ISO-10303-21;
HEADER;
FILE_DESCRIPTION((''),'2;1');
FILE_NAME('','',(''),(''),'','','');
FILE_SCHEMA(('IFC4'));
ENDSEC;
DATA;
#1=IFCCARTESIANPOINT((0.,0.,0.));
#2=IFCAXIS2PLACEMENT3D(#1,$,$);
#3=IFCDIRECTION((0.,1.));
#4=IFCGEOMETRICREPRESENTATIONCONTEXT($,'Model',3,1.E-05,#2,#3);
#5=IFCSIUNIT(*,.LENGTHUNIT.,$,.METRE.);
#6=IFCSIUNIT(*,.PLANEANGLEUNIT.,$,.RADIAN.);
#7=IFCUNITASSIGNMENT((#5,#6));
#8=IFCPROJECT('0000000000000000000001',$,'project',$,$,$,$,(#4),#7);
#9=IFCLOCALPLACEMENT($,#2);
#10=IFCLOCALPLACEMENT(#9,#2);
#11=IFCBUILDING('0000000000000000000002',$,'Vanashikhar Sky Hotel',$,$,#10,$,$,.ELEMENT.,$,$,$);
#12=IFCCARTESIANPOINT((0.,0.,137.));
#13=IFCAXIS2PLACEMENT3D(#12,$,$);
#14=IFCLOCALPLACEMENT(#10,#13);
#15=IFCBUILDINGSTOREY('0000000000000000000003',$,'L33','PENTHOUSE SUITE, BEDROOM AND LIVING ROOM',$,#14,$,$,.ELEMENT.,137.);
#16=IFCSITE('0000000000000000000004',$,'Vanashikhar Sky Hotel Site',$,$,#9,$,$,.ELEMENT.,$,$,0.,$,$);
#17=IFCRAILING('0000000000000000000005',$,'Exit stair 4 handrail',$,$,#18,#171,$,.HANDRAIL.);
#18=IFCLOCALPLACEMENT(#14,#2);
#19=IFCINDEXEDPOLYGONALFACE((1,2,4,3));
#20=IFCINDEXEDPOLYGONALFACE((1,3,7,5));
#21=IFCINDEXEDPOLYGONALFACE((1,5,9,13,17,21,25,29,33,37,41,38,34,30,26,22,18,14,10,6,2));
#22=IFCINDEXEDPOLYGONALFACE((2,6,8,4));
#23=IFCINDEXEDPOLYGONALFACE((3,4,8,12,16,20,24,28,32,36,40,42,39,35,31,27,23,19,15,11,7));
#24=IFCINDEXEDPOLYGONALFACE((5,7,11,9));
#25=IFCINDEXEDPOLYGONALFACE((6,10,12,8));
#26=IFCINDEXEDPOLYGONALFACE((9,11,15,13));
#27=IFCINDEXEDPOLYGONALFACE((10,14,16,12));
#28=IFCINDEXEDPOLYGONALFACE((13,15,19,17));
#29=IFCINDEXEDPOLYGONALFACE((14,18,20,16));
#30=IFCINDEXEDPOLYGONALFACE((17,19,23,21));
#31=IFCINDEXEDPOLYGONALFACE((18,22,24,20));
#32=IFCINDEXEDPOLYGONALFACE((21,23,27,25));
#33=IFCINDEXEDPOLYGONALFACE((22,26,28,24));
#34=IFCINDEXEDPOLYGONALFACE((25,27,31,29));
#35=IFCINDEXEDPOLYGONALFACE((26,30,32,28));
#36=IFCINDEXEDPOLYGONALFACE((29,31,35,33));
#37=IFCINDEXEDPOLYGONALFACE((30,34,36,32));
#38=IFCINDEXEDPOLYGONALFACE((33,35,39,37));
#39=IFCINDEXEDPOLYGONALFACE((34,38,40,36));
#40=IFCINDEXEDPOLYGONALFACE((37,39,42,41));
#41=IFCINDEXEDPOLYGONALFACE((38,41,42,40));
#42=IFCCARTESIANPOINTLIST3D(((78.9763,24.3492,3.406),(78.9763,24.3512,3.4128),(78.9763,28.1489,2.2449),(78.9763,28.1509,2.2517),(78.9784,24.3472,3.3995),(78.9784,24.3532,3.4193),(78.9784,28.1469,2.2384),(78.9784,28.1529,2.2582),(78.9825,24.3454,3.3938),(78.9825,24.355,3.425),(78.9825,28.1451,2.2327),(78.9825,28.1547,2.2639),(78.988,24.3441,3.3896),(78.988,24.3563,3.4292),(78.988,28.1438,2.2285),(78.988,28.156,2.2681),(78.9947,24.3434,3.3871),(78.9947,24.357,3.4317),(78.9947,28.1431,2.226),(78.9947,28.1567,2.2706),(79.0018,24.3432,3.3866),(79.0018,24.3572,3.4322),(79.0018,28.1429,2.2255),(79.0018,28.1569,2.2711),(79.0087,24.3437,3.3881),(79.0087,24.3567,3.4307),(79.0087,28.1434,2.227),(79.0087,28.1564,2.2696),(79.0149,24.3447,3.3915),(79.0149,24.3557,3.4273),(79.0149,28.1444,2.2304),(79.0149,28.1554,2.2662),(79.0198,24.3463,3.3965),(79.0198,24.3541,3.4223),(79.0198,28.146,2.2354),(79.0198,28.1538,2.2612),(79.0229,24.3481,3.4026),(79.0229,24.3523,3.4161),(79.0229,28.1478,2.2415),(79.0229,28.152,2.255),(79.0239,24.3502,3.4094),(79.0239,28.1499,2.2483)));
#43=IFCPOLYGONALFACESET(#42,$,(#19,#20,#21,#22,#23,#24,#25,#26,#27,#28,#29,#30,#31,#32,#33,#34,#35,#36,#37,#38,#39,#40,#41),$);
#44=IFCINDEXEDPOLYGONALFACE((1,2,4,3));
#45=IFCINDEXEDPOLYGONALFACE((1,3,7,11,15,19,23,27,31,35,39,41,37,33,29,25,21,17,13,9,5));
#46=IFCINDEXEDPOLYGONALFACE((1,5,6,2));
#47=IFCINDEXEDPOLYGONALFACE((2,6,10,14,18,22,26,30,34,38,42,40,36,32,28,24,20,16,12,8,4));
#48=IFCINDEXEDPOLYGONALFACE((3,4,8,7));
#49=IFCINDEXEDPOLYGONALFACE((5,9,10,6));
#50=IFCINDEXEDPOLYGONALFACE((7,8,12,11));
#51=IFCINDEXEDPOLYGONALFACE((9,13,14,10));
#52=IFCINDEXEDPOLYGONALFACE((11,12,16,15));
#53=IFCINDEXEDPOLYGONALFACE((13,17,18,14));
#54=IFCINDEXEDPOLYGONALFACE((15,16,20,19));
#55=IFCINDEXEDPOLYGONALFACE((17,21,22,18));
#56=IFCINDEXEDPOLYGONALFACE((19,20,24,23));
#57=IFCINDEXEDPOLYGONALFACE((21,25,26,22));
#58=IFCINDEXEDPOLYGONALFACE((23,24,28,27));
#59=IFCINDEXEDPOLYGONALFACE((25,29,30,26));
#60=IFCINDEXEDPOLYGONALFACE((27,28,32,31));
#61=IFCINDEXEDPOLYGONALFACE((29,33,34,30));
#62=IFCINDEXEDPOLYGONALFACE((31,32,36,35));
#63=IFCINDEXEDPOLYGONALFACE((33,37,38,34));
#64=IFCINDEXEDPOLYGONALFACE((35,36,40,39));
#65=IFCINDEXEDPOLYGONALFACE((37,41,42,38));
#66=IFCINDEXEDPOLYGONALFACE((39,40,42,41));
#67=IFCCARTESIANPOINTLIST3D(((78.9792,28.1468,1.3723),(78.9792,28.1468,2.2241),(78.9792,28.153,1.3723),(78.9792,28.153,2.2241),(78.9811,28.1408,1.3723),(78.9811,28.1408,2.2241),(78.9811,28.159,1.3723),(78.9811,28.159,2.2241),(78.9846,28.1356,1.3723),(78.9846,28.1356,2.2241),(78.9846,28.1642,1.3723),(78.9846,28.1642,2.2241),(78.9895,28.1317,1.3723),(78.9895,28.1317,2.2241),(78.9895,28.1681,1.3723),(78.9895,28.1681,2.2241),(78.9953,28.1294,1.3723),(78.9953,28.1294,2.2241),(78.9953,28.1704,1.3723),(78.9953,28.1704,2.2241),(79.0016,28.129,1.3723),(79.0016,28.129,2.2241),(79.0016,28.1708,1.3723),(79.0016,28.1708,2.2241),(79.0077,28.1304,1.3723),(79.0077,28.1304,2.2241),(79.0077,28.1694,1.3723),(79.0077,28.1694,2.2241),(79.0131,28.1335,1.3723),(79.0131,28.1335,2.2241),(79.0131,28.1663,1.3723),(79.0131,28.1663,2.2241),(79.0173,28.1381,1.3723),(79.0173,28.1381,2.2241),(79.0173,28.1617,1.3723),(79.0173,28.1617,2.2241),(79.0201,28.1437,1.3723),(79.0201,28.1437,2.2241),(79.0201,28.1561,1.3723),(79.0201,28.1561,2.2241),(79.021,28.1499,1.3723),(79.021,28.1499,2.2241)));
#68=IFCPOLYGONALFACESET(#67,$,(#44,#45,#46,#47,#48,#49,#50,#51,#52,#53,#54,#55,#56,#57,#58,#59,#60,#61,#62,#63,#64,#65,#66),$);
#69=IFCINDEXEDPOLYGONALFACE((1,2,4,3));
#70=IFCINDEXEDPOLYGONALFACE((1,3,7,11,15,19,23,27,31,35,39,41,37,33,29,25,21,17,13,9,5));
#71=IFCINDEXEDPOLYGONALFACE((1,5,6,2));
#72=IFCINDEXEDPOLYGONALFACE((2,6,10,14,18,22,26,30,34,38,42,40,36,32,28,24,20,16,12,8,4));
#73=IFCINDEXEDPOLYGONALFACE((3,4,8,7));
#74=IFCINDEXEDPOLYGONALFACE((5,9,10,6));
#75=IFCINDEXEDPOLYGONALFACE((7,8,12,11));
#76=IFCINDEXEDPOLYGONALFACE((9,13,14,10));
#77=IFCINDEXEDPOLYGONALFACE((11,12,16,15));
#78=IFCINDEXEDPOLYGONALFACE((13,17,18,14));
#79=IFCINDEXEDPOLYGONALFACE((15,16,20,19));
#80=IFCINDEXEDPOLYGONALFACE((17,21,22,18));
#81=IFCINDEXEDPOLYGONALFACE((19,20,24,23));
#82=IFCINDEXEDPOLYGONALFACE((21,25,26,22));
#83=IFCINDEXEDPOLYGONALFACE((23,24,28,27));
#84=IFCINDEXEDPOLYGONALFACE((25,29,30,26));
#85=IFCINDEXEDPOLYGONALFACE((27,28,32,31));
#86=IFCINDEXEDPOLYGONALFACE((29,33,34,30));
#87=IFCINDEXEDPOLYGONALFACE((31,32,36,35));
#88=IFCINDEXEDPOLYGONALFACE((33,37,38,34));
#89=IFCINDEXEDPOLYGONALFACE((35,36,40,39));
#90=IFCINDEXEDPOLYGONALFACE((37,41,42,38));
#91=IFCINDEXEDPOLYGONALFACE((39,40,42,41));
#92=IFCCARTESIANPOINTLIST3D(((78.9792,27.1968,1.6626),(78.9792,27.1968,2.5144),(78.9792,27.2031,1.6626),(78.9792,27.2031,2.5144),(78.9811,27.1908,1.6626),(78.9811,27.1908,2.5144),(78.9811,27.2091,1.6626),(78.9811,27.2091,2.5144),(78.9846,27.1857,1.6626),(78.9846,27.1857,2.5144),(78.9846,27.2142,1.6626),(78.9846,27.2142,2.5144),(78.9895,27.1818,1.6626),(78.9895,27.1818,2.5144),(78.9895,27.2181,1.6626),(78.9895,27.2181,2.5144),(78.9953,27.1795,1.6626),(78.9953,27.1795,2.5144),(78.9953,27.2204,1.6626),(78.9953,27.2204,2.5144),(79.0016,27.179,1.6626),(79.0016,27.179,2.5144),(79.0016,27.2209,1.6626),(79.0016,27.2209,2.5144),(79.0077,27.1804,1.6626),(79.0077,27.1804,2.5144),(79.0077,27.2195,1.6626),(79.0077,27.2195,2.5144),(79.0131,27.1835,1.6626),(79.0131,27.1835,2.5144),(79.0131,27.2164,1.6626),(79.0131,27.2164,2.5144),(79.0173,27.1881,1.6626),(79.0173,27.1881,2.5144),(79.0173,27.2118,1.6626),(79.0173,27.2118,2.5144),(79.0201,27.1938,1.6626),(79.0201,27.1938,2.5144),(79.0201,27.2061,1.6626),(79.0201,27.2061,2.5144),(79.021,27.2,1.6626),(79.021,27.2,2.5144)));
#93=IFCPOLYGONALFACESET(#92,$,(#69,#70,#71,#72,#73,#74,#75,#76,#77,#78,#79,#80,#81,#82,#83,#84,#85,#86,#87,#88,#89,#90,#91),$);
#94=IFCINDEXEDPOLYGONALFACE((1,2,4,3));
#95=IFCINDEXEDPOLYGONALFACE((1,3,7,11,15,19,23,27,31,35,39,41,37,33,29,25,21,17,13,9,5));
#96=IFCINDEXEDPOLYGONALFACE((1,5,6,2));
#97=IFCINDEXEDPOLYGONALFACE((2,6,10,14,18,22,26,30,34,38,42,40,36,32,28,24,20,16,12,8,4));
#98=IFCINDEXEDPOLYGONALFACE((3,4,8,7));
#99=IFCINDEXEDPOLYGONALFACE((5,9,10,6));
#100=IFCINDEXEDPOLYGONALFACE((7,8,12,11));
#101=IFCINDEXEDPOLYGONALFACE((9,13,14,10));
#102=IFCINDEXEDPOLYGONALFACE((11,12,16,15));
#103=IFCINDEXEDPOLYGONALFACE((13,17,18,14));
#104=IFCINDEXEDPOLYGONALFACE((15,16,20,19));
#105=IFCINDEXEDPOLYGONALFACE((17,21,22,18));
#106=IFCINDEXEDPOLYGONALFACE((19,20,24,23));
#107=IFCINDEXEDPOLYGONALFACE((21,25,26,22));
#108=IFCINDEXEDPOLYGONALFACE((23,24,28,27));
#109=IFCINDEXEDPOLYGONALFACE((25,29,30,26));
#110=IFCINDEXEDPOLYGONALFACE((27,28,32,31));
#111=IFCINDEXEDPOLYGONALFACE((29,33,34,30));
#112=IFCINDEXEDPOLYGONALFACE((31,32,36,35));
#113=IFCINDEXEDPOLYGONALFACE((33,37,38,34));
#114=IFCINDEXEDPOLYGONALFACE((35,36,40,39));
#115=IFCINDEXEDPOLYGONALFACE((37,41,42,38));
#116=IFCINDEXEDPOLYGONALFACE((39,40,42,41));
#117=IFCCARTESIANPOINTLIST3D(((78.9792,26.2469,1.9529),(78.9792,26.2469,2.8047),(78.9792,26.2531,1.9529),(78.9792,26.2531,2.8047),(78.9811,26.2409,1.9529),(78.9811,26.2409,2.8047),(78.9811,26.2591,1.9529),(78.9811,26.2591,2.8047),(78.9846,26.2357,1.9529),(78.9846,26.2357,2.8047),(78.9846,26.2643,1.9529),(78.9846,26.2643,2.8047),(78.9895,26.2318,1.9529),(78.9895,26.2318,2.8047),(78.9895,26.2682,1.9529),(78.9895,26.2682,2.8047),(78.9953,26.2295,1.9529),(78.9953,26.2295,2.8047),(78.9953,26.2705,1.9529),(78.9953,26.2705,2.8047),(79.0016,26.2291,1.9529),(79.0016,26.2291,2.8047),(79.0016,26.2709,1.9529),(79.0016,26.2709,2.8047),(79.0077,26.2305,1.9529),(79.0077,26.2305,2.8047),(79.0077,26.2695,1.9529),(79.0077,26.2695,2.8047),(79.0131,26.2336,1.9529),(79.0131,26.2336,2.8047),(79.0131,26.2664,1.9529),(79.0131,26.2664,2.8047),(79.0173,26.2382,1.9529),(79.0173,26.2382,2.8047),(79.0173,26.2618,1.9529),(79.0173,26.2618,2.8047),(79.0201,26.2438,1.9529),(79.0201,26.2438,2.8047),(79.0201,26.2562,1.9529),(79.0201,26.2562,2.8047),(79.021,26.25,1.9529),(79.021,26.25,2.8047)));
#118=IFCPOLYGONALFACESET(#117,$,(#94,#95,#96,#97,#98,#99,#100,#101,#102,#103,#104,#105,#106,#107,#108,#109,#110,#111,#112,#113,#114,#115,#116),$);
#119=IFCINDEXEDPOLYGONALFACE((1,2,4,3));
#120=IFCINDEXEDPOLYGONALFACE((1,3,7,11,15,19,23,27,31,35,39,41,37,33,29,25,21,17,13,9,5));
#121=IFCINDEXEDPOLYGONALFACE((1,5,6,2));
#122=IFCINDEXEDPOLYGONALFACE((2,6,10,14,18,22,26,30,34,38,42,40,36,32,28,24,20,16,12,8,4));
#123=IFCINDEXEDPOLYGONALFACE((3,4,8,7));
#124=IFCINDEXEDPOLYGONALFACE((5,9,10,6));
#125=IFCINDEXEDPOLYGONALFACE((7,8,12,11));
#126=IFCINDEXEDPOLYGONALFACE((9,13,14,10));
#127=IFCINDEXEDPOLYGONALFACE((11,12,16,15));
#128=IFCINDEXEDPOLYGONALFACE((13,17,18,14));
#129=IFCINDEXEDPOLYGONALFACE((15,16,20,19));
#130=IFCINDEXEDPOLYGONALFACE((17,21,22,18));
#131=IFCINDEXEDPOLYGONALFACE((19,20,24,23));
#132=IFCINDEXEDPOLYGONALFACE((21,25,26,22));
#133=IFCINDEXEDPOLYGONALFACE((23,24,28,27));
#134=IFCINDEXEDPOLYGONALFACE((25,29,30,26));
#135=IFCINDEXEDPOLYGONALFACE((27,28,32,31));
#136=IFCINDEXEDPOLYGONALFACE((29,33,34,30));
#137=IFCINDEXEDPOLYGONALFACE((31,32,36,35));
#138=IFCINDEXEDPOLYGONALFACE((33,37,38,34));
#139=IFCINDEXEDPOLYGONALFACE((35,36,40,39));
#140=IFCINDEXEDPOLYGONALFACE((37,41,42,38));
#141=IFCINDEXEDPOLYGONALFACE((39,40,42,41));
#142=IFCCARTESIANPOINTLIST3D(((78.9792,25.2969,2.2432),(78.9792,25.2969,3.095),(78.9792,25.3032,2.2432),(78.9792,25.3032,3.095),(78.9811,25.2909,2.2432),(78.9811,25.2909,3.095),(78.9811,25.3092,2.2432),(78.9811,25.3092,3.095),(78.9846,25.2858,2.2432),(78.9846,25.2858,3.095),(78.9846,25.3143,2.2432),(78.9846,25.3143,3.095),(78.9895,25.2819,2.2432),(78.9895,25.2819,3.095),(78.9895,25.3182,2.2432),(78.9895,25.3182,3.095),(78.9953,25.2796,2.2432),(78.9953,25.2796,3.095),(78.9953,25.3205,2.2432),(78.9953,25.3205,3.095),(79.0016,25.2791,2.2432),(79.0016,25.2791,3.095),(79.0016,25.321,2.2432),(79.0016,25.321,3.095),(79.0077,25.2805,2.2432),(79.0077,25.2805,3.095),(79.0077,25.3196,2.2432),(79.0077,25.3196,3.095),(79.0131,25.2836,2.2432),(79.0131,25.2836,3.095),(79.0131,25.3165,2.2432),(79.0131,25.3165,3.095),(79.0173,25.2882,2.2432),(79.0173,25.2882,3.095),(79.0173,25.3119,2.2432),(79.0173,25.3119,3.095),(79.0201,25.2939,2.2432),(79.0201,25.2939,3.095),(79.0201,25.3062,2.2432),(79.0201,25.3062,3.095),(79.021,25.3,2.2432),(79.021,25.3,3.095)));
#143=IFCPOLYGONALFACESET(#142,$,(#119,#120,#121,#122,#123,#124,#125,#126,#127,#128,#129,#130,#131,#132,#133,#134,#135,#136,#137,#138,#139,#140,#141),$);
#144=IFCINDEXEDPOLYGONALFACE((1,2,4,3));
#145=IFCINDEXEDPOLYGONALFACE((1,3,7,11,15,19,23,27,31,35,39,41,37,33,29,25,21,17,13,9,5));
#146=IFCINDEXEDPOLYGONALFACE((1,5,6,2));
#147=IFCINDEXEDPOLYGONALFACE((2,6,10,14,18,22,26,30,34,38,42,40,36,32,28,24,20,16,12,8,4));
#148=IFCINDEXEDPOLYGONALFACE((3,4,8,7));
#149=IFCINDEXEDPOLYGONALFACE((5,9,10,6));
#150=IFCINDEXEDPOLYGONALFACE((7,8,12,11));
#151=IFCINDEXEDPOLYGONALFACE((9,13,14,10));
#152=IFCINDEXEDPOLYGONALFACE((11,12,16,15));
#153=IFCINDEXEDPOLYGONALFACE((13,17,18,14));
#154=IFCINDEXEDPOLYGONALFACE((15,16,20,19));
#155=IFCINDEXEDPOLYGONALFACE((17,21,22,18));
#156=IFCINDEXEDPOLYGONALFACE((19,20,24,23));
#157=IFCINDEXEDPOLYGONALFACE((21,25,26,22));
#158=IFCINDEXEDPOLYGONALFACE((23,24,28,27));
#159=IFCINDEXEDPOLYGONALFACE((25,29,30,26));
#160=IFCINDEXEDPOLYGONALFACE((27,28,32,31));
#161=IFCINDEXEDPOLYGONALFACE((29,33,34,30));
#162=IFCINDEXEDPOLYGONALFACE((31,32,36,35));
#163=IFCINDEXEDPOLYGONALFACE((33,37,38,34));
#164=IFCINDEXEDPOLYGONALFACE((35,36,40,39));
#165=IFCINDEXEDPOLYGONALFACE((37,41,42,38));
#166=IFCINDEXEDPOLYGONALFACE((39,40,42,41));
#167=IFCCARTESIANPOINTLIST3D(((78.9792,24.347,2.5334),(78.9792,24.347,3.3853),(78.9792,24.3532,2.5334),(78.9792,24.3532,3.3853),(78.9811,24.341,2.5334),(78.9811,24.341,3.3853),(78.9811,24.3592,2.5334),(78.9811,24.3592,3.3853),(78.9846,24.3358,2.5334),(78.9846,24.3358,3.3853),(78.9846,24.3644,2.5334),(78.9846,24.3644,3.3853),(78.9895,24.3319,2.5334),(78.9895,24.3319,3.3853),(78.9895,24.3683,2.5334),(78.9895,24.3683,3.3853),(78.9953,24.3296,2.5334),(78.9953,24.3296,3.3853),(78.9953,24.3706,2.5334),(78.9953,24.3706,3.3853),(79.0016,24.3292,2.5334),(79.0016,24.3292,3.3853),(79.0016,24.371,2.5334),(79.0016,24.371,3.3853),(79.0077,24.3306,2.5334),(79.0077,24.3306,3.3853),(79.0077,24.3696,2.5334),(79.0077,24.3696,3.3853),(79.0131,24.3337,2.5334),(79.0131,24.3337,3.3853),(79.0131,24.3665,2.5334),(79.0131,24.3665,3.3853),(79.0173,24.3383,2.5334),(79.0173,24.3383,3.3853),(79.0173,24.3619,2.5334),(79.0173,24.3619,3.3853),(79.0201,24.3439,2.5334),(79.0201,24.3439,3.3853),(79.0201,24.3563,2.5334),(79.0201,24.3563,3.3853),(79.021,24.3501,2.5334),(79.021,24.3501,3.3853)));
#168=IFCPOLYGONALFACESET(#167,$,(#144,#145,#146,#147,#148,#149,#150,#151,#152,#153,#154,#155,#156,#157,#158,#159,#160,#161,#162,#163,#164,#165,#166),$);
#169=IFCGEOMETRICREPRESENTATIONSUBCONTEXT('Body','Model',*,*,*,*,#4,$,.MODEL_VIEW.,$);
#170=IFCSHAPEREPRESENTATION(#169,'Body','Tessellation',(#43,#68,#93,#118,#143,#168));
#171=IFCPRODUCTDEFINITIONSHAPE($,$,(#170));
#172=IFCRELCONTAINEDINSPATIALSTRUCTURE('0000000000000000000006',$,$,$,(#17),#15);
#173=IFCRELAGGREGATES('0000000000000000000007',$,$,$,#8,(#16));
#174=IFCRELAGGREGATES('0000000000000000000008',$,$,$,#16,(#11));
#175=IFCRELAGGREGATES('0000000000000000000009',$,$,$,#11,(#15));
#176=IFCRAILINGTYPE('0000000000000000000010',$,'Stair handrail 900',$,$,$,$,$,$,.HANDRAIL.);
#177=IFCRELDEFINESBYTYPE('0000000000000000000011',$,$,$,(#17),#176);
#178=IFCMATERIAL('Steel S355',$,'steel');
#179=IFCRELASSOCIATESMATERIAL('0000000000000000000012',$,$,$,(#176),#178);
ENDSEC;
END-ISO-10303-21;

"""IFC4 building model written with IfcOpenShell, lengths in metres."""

from ifc_helpers import new_model, si_unit, direction, frame, origin, origin_2d, place, context, subcontext, project, spatial, circle, extrude, source, transform, mapped, material, type_object, element, save


model = new_model("IFC4")

# Units and contexts
model_context = context("Model", 3, precision=1e-05, world=origin(), true_north=direction((0.0, 1.0)))
body_context = subcontext(model_context, "Body", "Model", "MODEL_VIEW")
ifc_project = project(units=[si_unit("LENGTHUNIT", "METRE"), si_unit("PLANEANGLEUNIT", "RADIAN")], contexts=[model_context])

# Site, building, storey
site_placement = place(None, origin())
site = spatial("IfcSite", under=ifc_project, at=site_placement, Name="Vanashikhar Sky Hotel Site", CompositionType="ELEMENT", RefElevation=0.0)
building_placement = place(site_placement, origin())
building = spatial("IfcBuilding", under=site, at=building_placement, Name="Vanashikhar Sky Hotel", CompositionType="ELEMENT")
storey_placement = place(building_placement, frame((0.0, 0.0, 137.0)))
storey = spatial("IfcBuildingStorey", under=building, at=storey_placement, Name="L33", Description="PENTHOUSE SUITE, BEDROOM AND LIVING ROOM", CompositionType="ELEMENT", Elevation=137.0)

# Railing
ifc_material_1 = material(Name="Steel S355", Category="steel")
railing_type_1 = type_object("IfcRailingType", Name="Stair handrail 900", PredefinedType="HANDRAIL", material=ifc_material_1)
shared_shape_1 = source(origin(), body_context, "Body", "SweptSolid", [
    extrude(circle(Radius=0.0239, at=origin_2d()), frame((0.0, 0.0, 0.876), z_axis=(0.0, -0.956346, 0.292237), x_axis=(1.0, 0.0, 0.0)), (0.0, 0.0, 1.0), 3.9731),
    extrude(circle(Radius=0.021, at=origin_2d()), origin(), (0.0, 0.0, 1.0), 0.8518),
    extrude(circle(Radius=0.021, at=origin_2d()), frame((0.0, -0.95, 0.2903)), (0.0, 0.0, 1.0), 0.8518),
    extrude(circle(Radius=0.021, at=origin_2d()), frame((0.0, -1.8999, 0.5806)), (0.0, 0.0, 1.0), 0.8518),
    extrude(circle(Radius=0.021, at=origin_2d()), frame((0.0, -2.8499, 0.8708)), (0.0, 0.0, 1.0), 0.8518),
    extrude(circle(Radius=0.021, at=origin_2d()), frame((0.0, -3.7998, 1.1611)), (0.0, 0.0, 1.0), 0.8518),
])
railing_1_placement = place(storey_placement, frame((79.0, 28.1499, 1.3723)))
element("IfcRailing", 1, at=railing_1_placement, inside=storey, type_object=railing_type_1, Name="Exit stair 4 handrail", PredefinedType="HANDRAIL", context=body_context, shape_type="MappedRepresentation", body=[
    mapped(shared_shape_1, transform((0.0, 0.0, 0.0), scale=1.0)),
])

save(model, "model.ifc")
